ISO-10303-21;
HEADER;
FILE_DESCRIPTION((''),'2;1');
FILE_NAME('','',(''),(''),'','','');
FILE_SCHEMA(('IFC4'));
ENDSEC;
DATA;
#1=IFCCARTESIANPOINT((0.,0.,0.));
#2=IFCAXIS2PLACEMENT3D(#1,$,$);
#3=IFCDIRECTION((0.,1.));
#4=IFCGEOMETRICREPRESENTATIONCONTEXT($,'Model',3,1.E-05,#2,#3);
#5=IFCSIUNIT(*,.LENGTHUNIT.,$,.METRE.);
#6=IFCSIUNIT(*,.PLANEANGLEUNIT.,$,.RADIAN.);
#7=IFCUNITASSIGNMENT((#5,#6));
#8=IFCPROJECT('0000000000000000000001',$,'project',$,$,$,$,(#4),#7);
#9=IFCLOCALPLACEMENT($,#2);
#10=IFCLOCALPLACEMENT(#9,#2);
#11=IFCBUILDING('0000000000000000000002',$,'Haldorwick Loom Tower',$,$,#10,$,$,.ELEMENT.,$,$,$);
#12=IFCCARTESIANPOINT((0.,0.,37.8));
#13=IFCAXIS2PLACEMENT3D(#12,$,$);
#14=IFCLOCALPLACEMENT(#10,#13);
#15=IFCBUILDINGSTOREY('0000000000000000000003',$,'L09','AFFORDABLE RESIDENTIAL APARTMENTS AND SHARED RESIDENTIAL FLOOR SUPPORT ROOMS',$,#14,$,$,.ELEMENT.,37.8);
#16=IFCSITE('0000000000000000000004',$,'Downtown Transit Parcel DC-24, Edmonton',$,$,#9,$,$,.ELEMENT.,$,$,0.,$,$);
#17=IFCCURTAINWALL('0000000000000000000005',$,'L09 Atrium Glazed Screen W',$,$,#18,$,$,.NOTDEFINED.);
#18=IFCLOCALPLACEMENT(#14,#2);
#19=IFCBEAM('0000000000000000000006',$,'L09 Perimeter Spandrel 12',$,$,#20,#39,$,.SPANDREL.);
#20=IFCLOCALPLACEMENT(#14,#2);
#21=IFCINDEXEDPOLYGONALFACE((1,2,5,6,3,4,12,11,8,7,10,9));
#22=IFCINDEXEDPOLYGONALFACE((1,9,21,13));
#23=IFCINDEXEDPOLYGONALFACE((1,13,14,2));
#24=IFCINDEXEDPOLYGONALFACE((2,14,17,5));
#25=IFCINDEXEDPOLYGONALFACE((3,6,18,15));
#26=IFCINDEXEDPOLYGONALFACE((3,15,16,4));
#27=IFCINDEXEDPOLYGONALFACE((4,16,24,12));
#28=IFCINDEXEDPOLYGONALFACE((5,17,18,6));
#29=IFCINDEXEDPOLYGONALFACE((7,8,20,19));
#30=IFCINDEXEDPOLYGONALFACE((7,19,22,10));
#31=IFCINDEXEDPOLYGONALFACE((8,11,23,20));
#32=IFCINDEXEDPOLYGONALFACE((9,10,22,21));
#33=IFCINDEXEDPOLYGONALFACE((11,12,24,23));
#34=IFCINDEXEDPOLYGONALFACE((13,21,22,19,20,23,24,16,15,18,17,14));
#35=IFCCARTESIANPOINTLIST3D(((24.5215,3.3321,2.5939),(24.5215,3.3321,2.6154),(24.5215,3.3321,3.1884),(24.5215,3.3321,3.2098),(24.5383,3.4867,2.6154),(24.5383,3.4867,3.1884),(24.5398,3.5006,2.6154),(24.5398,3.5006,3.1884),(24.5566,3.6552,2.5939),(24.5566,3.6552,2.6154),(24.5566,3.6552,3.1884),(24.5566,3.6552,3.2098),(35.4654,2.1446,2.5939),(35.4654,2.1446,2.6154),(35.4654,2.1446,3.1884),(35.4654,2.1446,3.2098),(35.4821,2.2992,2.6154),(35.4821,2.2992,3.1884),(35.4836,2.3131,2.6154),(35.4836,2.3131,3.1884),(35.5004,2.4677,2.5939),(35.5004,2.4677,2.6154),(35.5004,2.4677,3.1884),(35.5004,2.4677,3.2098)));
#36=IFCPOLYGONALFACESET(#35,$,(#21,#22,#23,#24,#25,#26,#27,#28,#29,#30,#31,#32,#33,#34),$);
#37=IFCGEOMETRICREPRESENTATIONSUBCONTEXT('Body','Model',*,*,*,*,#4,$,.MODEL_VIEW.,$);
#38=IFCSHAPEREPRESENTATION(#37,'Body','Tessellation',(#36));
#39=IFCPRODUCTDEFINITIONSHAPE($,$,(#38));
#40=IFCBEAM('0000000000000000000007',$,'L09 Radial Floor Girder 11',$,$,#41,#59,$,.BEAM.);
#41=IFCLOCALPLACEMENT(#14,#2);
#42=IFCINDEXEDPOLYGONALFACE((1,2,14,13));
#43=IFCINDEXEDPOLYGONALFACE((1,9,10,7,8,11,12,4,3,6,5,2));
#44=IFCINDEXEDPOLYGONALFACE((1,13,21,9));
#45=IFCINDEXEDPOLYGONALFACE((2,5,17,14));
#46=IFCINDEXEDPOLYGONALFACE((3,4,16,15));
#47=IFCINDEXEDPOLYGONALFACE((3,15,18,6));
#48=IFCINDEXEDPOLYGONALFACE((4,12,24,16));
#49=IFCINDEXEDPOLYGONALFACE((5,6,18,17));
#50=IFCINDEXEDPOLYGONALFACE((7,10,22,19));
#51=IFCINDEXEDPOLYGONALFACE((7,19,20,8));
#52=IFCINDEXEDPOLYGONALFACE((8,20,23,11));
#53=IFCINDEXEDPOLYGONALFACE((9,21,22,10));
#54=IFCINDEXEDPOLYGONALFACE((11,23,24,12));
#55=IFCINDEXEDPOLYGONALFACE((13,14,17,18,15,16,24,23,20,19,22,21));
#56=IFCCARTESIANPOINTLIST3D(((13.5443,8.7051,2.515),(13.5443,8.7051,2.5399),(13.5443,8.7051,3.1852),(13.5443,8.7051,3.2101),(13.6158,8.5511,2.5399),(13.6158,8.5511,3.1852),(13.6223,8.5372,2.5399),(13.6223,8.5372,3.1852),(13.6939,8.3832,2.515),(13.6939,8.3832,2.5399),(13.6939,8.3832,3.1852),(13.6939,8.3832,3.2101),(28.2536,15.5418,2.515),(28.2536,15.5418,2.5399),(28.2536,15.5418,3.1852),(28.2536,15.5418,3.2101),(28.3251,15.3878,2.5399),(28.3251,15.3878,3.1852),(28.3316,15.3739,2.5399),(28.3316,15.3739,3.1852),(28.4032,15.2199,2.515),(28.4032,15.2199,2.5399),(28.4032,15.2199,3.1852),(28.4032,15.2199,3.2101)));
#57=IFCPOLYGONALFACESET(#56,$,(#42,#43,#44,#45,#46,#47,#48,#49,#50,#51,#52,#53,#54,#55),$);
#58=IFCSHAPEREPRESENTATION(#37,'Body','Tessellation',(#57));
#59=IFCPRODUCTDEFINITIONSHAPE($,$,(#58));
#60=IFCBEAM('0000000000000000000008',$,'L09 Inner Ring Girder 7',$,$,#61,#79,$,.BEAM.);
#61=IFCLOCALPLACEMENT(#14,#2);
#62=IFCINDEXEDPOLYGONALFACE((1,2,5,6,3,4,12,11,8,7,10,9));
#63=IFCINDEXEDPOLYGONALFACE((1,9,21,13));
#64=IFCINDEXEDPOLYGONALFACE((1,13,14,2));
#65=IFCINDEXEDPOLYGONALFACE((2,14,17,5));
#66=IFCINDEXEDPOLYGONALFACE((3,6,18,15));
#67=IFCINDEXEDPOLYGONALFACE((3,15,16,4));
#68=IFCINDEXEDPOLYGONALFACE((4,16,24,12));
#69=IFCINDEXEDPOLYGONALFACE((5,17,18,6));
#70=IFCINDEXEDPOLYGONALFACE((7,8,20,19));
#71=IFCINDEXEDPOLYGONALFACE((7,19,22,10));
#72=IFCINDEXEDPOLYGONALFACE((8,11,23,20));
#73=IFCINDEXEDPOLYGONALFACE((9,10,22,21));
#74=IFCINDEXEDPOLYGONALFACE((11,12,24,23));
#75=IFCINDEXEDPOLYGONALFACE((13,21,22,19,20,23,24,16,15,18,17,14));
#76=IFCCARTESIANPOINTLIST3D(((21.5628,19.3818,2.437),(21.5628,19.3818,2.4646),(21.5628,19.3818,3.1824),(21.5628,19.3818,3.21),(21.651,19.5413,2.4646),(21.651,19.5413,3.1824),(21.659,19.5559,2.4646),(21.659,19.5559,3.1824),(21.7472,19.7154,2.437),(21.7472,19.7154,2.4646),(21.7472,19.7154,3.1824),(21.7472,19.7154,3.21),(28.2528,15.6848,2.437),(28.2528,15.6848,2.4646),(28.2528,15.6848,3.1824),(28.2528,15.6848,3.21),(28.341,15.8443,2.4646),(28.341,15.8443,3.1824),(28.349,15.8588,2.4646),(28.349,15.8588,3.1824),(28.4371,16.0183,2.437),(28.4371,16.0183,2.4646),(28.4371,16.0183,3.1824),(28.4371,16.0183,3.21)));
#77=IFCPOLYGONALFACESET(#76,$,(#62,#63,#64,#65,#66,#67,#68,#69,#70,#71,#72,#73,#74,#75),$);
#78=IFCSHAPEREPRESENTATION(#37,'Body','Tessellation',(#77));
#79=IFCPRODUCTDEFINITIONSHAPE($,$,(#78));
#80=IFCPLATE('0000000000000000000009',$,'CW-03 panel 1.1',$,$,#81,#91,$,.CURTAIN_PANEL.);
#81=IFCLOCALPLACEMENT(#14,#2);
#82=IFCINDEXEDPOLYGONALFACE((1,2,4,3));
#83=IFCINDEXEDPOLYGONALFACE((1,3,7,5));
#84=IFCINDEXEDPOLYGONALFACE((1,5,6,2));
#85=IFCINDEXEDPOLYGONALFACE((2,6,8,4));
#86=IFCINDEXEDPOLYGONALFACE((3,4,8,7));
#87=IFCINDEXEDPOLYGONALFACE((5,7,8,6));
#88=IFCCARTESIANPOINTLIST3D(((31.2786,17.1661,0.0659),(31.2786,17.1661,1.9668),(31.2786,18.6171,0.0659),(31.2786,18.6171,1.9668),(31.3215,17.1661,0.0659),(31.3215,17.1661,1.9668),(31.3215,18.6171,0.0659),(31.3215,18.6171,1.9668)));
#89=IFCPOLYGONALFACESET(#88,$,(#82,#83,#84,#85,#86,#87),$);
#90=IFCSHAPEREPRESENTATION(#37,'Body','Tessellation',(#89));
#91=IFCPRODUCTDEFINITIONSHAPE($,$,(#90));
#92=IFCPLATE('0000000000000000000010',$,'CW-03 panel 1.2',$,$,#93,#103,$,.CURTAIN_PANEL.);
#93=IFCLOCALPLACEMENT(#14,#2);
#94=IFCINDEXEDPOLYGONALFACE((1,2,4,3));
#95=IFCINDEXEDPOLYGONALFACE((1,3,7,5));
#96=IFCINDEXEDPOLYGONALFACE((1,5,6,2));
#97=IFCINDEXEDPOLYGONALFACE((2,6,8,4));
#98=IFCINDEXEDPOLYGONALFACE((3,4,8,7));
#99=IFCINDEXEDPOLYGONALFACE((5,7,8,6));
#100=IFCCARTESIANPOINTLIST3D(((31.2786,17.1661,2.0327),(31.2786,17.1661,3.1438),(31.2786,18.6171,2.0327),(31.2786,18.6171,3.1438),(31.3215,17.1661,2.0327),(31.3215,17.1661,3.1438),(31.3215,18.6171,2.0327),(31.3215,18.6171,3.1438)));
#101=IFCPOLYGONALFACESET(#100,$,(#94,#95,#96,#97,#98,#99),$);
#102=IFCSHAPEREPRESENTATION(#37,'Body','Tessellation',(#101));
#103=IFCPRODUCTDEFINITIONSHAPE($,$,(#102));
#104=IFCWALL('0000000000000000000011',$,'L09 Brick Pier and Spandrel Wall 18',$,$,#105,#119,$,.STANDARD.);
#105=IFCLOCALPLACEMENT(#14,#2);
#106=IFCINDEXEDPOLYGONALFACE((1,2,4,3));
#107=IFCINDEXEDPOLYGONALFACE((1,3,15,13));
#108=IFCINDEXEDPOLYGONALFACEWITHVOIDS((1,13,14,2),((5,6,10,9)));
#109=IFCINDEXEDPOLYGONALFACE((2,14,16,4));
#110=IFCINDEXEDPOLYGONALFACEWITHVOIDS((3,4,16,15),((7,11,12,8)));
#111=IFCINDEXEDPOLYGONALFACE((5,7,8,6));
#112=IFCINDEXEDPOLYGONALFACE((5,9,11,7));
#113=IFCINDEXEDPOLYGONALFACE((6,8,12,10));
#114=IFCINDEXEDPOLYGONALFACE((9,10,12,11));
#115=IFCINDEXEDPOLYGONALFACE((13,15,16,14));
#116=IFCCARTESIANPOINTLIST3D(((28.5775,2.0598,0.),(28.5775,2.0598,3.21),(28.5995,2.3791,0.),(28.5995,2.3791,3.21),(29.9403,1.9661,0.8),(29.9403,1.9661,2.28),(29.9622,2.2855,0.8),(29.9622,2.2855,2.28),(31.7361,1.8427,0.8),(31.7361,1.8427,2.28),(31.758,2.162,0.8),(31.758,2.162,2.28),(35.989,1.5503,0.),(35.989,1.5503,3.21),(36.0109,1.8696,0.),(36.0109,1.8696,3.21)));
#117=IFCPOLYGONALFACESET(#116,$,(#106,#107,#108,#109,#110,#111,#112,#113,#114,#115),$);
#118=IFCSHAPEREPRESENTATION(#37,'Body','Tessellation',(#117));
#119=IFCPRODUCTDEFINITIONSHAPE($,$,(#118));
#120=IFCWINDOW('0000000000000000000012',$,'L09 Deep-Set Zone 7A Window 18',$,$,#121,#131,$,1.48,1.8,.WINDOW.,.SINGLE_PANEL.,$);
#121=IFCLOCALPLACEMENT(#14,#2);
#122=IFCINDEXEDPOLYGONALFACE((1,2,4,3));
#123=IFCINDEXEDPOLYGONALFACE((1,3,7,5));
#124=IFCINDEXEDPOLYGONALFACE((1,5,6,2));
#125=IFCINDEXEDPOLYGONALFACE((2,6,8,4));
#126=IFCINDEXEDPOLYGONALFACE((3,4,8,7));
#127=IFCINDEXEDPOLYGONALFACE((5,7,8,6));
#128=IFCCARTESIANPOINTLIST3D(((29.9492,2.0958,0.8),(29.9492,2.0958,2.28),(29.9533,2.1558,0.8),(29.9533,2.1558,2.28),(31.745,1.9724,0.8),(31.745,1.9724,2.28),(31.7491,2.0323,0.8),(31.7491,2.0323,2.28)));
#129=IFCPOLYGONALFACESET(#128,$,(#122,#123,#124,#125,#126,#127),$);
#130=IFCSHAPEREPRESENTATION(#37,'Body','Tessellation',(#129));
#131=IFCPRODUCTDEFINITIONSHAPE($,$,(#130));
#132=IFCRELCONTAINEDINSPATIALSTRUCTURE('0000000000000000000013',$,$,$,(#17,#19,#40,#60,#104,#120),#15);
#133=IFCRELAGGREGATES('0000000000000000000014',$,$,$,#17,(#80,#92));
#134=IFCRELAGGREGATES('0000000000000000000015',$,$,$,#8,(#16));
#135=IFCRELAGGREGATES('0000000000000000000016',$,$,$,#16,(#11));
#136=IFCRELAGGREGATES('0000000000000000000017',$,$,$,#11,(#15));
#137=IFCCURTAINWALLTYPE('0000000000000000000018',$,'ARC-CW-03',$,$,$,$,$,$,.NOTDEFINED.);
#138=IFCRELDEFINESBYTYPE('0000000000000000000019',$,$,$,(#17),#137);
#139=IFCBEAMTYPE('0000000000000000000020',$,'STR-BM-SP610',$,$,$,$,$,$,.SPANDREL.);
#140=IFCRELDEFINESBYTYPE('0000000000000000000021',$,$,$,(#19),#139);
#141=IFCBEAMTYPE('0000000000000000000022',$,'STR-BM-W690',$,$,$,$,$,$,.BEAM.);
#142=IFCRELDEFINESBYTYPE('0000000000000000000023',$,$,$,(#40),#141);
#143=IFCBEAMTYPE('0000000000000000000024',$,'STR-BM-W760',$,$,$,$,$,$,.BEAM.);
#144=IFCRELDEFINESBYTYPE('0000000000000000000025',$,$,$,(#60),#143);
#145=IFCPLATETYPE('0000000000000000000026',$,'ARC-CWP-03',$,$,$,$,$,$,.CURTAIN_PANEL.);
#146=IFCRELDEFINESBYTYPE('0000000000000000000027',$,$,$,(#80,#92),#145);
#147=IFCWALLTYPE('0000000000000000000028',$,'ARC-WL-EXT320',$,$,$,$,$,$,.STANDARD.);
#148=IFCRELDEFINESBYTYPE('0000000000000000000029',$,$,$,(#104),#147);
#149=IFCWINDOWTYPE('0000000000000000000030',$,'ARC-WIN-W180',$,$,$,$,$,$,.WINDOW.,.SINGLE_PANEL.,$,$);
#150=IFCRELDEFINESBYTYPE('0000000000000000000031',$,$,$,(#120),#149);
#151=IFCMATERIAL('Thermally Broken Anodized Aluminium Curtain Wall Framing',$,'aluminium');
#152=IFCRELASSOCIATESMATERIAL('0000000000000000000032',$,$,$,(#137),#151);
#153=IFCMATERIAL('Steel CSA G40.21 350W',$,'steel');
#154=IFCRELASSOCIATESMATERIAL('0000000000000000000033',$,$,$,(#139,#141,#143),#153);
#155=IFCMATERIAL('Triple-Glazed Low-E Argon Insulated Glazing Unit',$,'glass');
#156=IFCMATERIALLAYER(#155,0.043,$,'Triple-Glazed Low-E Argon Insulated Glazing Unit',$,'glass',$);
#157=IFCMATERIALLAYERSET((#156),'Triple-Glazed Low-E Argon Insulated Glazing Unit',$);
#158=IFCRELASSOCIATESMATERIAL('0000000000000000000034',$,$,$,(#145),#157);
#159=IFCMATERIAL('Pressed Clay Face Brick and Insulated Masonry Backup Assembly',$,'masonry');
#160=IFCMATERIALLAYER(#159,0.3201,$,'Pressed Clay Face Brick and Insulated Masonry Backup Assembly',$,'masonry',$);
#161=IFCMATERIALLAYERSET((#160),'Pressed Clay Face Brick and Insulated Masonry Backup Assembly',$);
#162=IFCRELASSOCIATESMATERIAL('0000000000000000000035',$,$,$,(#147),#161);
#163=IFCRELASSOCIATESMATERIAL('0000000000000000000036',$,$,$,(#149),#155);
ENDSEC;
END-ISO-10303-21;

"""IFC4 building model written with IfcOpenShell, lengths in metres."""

from ifc_helpers import new_model, si_unit, direction, frame, frame_2d, origin, origin_2d, place, context, subcontext, project, spatial, rectangle, i_section, extrude, material, layer, layer_set, material_profile, profile_set, type_object, element, fill, aggregate, save


model = new_model("IFC4")

# Units and contexts
model_context = context("Model", 3, precision=1e-05, world=origin(), true_north=direction((0.0, 1.0)))
body_context = subcontext(model_context, "Body", "Model", "MODEL_VIEW")
ifc_project = project(units=[si_unit("LENGTHUNIT", "METRE"), si_unit("PLANEANGLEUNIT", "RADIAN")], contexts=[model_context])

# Site, building, storey
site_placement = place(None, origin())
site = spatial("IfcSite", under=ifc_project, at=site_placement, Name="Downtown Transit Parcel DC-24, Edmonton", CompositionType="ELEMENT", RefElevation=0.0)
building_placement = place(site_placement, origin())
building = spatial("IfcBuilding", under=site, at=building_placement, Name="Haldorwick Loom Tower", CompositionType="ELEMENT")
storey_placement = place(building_placement, frame((0.0, 0.0, 37.8)))
storey = spatial("IfcBuildingStorey", under=building, at=storey_placement, Name="L09", Description="AFFORDABLE RESIDENTIAL APARTMENTS AND SHARED RESIDENTIAL FLOOR SUPPORT ROOMS", CompositionType="ELEMENT", Elevation=37.8)

# Curtain wall
ifc_material_1 = material(Name="Thermally Broken Anodized Aluminium Curtain Wall Framing", Category="aluminium")
curtain_wall_type = type_object("IfcCurtainWallType", Name="ARC-CW-03", PredefinedType="NOTDEFINED", material=ifc_material_1)
curtain_wall_placement = place(storey_placement, origin())
curtain_wall = element("IfcCurtainWall", 1, at=curtain_wall_placement, inside=storey, type_object=curtain_wall_type, Name="L09 Atrium Glazed Screen W", PredefinedType="NOTDEFINED")

# Beams
ifc_material_2 = material(Name="Steel CSA G40.21 350W", Category="steel")
ifc_material_profile_1 = material_profile(ifc_material_2, i_section(OverallWidth=0.325, OverallDepth=0.616, WebThickness=0.0139, FlangeThickness=0.0215, at=origin_2d()), Name="W610X174", Category="steel")
ifc_profile_set_1 = profile_set([ifc_material_profile_1], Name="Steel CSA G40.21 350W")
beam_type_1 = type_object("IfcBeamType", Name="STR-BM-SP610", PredefinedType="SPANDREL", material=ifc_profile_set_1)
beam_1_placement = place(storey_placement, frame((24.5391, 3.4937, 2.9019), z_axis=(0.994164, -0.107875, 0.0), x_axis=(0.107875, 0.994164, 0.0)))
element("IfcBeam", 2, at=beam_1_placement, inside=storey, type_object=beam_type_1, Name="L09 Perimeter Spandrel 12", PredefinedType="SPANDREL", context=body_context, shape_type="SweptSolid", body=[
    extrude(i_section(OverallWidth=0.325, OverallDepth=0.616, WebThickness=0.0139, FlangeThickness=0.0215, at=origin_2d()), origin(), (0.0, 0.0, 1.0), 11.0081),
])
ifc_material_profile_2 = material_profile(ifc_material_2, i_section(OverallWidth=0.355, OverallDepth=0.6951, WebThickness=0.0154, FlangeThickness=0.0249, at=origin_2d()), Name="W690X217", Category="steel")
ifc_profile_set_2 = profile_set([ifc_material_profile_2], Name="Steel CSA G40.21 350W")
beam_type_2 = type_object("IfcBeamType", Name="STR-BM-W690", PredefinedType="BEAM", material=ifc_profile_set_2)
beam_2_placement = place(storey_placement, frame((28.3284, 15.3809, 2.8625), z_axis=(-0.906835, -0.421486, 0.0), x_axis=(0.421486, -0.906835, 0.0)))
element("IfcBeam", 3, at=beam_2_placement, inside=storey, type_object=beam_type_2, Name="L09 Radial Floor Girder 11", PredefinedType="BEAM", context=body_context, shape_type="SweptSolid", body=[
    extrude(i_section(OverallWidth=0.355, OverallDepth=0.6951, WebThickness=0.0154, FlangeThickness=0.0249, at=origin_2d()), origin(), (0.0, 0.0, 1.0), 16.2205),
])
ifc_material_profile_3 = material_profile(ifc_material_2, i_section(OverallWidth=0.3811, OverallDepth=0.7729, WebThickness=0.0166, FlangeThickness=0.0276, at=origin_2d()), Name="W760X257", Category="steel")
ifc_profile_set_3 = profile_set([ifc_material_profile_3], Name="Steel CSA G40.21 350W")
beam_type_3 = type_object("IfcBeamType", Name="STR-BM-W760", PredefinedType="BEAM", material=ifc_profile_set_3)
beam_3_placement = place(storey_placement, frame((28.345, 15.8516, 2.8235), z_axis=(-0.875244, 0.483681, 0.0), x_axis=(-0.483681, -0.875244, 0.0)))
element("IfcBeam", 4, at=beam_3_placement, inside=storey, type_object=beam_type_3, Name="L09 Inner Ring Girder 7", PredefinedType="BEAM", context=body_context, shape_type="SweptSolid", body=[
    extrude(i_section(OverallWidth=0.3811, OverallDepth=0.7729, WebThickness=0.0166, FlangeThickness=0.0276, at=origin_2d()), origin(), (0.0, 0.0, 1.0), 7.6436),
])

# Plates
ifc_material_3 = material(Name="Triple-Glazed Low-E Argon Insulated Glazing Unit", Category="glass")
ifc_layer_1 = layer(ifc_material_3, 0.043, Name="Triple-Glazed Low-E Argon Insulated Glazing Unit", Category="glass")
ifc_layer_set_1 = layer_set([ifc_layer_1], Name="Triple-Glazed Low-E Argon Insulated Glazing Unit")
plate_type = type_object("IfcPlateType", Name="ARC-CWP-03", PredefinedType="CURTAIN_PANEL", material=ifc_layer_set_1)
plate_1_placement = place(storey_placement, frame((31.3, 17.8916, 0.0659), z_axis=(0.0, 0.0, 1.0), x_axis=(0.0, 1.0, 0.0)))
plate_1 = element("IfcPlate", 5, at=plate_1_placement, type_object=plate_type, Name="CW-03 panel 1.1", PredefinedType="CURTAIN_PANEL", context=body_context, shape_type="SweptSolid", body=[
    extrude(rectangle(XDim=1.4509, YDim=0.043, at=origin_2d()), origin(), (0.0, 0.0, 1.0), 1.9009),
])
plate_2_placement = place(storey_placement, frame((31.3, 17.8916, 2.0327), z_axis=(0.0, 0.0, 1.0), x_axis=(0.0, 1.0, 0.0)))
plate_2 = element("IfcPlate", 6, at=plate_2_placement, type_object=plate_type, Name="CW-03 panel 1.2", PredefinedType="CURTAIN_PANEL", context=body_context, shape_type="SweptSolid", body=[
    extrude(rectangle(XDim=1.4509, YDim=0.043, at=origin_2d()), origin(), (0.0, 0.0, 1.0), 1.1111),
])
aggregate(curtain_wall, [plate_1, plate_2])

# Wall, opening, window
ifc_material_4 = material(Name="Pressed Clay Face Brick and Insulated Masonry Backup Assembly", Category="masonry")
ifc_layer_2 = layer(ifc_material_4, 0.3201, Name="Pressed Clay Face Brick and Insulated Masonry Backup Assembly", Category="masonry")
ifc_layer_set_2 = layer_set([ifc_layer_2], Name="Pressed Clay Face Brick and Insulated Masonry Backup Assembly")
wall_type_1 = type_object("IfcWallType", Name="ARC-WL-EXT320", PredefinedType="STANDARD", material=ifc_layer_set_2)
wall_1_placement = place(storey_placement, frame((28.5886, 2.2195, 0.0), z_axis=(0.0, 0.0, 1.0), x_axis=(0.997645, -0.068587, 0.0)))
wall_1 = element("IfcWall", 7, at=wall_1_placement, inside=storey, type_object=wall_type_1, Name="L09 Brick Pier and Spandrel Wall 18", PredefinedType="STANDARD", context=body_context, shape_type="SweptSolid", body=[
    extrude(rectangle(XDim=7.429, YDim=0.3201, at=frame_2d((3.7144, 0.0))), origin(), (0.0, 0.0, 1.0), 3.21),
])
opening_1_placement = place(wall_1_placement, frame((1.366, 0.0, 0.8)))
opening_1 = element("IfcOpeningElement", 8, at=opening_1_placement, cuts=wall_1, PredefinedType="OPENING", context=body_context, shape_type="SweptSolid", body=[
    extrude(rectangle(XDim=1.8, YDim=1.48, at=frame_2d((0.8999, 0.74))), frame((0.0, 0.1699, 0.0), z_axis=(0.0, -1.0, 0.0), x_axis=(1.0, 0.0, 0.0)), (0.0, 0.0, 1.0), 0.3401),
])
window_type = type_object("IfcWindowType", Name="ARC-WIN-W180", PartitioningType="SINGLE_PANEL", PredefinedType="WINDOW", material=ifc_material_3)
window_placement = place(opening_1_placement, origin())
window = element("IfcWindow", 9, at=window_placement, inside=storey, type_object=window_type, Name="L09 Deep-Set Zone 7A Window 18", OverallHeight=1.48, OverallWidth=1.8, PartitioningType="SINGLE_PANEL", PredefinedType="WINDOW", context=body_context, shape_type="SweptSolid", body=[
    extrude(rectangle(XDim=1.8, YDim=1.48, at=frame_2d((0.8999, 0.74))), frame((0.0, 0.03, 0.0), z_axis=(0.0, -1.0, 0.0), x_axis=(1.0, 0.0, 0.0)), (0.0, 0.0, 1.0), 0.0601),
])
fill(opening_1, window)

save(model, "model.ifc")
